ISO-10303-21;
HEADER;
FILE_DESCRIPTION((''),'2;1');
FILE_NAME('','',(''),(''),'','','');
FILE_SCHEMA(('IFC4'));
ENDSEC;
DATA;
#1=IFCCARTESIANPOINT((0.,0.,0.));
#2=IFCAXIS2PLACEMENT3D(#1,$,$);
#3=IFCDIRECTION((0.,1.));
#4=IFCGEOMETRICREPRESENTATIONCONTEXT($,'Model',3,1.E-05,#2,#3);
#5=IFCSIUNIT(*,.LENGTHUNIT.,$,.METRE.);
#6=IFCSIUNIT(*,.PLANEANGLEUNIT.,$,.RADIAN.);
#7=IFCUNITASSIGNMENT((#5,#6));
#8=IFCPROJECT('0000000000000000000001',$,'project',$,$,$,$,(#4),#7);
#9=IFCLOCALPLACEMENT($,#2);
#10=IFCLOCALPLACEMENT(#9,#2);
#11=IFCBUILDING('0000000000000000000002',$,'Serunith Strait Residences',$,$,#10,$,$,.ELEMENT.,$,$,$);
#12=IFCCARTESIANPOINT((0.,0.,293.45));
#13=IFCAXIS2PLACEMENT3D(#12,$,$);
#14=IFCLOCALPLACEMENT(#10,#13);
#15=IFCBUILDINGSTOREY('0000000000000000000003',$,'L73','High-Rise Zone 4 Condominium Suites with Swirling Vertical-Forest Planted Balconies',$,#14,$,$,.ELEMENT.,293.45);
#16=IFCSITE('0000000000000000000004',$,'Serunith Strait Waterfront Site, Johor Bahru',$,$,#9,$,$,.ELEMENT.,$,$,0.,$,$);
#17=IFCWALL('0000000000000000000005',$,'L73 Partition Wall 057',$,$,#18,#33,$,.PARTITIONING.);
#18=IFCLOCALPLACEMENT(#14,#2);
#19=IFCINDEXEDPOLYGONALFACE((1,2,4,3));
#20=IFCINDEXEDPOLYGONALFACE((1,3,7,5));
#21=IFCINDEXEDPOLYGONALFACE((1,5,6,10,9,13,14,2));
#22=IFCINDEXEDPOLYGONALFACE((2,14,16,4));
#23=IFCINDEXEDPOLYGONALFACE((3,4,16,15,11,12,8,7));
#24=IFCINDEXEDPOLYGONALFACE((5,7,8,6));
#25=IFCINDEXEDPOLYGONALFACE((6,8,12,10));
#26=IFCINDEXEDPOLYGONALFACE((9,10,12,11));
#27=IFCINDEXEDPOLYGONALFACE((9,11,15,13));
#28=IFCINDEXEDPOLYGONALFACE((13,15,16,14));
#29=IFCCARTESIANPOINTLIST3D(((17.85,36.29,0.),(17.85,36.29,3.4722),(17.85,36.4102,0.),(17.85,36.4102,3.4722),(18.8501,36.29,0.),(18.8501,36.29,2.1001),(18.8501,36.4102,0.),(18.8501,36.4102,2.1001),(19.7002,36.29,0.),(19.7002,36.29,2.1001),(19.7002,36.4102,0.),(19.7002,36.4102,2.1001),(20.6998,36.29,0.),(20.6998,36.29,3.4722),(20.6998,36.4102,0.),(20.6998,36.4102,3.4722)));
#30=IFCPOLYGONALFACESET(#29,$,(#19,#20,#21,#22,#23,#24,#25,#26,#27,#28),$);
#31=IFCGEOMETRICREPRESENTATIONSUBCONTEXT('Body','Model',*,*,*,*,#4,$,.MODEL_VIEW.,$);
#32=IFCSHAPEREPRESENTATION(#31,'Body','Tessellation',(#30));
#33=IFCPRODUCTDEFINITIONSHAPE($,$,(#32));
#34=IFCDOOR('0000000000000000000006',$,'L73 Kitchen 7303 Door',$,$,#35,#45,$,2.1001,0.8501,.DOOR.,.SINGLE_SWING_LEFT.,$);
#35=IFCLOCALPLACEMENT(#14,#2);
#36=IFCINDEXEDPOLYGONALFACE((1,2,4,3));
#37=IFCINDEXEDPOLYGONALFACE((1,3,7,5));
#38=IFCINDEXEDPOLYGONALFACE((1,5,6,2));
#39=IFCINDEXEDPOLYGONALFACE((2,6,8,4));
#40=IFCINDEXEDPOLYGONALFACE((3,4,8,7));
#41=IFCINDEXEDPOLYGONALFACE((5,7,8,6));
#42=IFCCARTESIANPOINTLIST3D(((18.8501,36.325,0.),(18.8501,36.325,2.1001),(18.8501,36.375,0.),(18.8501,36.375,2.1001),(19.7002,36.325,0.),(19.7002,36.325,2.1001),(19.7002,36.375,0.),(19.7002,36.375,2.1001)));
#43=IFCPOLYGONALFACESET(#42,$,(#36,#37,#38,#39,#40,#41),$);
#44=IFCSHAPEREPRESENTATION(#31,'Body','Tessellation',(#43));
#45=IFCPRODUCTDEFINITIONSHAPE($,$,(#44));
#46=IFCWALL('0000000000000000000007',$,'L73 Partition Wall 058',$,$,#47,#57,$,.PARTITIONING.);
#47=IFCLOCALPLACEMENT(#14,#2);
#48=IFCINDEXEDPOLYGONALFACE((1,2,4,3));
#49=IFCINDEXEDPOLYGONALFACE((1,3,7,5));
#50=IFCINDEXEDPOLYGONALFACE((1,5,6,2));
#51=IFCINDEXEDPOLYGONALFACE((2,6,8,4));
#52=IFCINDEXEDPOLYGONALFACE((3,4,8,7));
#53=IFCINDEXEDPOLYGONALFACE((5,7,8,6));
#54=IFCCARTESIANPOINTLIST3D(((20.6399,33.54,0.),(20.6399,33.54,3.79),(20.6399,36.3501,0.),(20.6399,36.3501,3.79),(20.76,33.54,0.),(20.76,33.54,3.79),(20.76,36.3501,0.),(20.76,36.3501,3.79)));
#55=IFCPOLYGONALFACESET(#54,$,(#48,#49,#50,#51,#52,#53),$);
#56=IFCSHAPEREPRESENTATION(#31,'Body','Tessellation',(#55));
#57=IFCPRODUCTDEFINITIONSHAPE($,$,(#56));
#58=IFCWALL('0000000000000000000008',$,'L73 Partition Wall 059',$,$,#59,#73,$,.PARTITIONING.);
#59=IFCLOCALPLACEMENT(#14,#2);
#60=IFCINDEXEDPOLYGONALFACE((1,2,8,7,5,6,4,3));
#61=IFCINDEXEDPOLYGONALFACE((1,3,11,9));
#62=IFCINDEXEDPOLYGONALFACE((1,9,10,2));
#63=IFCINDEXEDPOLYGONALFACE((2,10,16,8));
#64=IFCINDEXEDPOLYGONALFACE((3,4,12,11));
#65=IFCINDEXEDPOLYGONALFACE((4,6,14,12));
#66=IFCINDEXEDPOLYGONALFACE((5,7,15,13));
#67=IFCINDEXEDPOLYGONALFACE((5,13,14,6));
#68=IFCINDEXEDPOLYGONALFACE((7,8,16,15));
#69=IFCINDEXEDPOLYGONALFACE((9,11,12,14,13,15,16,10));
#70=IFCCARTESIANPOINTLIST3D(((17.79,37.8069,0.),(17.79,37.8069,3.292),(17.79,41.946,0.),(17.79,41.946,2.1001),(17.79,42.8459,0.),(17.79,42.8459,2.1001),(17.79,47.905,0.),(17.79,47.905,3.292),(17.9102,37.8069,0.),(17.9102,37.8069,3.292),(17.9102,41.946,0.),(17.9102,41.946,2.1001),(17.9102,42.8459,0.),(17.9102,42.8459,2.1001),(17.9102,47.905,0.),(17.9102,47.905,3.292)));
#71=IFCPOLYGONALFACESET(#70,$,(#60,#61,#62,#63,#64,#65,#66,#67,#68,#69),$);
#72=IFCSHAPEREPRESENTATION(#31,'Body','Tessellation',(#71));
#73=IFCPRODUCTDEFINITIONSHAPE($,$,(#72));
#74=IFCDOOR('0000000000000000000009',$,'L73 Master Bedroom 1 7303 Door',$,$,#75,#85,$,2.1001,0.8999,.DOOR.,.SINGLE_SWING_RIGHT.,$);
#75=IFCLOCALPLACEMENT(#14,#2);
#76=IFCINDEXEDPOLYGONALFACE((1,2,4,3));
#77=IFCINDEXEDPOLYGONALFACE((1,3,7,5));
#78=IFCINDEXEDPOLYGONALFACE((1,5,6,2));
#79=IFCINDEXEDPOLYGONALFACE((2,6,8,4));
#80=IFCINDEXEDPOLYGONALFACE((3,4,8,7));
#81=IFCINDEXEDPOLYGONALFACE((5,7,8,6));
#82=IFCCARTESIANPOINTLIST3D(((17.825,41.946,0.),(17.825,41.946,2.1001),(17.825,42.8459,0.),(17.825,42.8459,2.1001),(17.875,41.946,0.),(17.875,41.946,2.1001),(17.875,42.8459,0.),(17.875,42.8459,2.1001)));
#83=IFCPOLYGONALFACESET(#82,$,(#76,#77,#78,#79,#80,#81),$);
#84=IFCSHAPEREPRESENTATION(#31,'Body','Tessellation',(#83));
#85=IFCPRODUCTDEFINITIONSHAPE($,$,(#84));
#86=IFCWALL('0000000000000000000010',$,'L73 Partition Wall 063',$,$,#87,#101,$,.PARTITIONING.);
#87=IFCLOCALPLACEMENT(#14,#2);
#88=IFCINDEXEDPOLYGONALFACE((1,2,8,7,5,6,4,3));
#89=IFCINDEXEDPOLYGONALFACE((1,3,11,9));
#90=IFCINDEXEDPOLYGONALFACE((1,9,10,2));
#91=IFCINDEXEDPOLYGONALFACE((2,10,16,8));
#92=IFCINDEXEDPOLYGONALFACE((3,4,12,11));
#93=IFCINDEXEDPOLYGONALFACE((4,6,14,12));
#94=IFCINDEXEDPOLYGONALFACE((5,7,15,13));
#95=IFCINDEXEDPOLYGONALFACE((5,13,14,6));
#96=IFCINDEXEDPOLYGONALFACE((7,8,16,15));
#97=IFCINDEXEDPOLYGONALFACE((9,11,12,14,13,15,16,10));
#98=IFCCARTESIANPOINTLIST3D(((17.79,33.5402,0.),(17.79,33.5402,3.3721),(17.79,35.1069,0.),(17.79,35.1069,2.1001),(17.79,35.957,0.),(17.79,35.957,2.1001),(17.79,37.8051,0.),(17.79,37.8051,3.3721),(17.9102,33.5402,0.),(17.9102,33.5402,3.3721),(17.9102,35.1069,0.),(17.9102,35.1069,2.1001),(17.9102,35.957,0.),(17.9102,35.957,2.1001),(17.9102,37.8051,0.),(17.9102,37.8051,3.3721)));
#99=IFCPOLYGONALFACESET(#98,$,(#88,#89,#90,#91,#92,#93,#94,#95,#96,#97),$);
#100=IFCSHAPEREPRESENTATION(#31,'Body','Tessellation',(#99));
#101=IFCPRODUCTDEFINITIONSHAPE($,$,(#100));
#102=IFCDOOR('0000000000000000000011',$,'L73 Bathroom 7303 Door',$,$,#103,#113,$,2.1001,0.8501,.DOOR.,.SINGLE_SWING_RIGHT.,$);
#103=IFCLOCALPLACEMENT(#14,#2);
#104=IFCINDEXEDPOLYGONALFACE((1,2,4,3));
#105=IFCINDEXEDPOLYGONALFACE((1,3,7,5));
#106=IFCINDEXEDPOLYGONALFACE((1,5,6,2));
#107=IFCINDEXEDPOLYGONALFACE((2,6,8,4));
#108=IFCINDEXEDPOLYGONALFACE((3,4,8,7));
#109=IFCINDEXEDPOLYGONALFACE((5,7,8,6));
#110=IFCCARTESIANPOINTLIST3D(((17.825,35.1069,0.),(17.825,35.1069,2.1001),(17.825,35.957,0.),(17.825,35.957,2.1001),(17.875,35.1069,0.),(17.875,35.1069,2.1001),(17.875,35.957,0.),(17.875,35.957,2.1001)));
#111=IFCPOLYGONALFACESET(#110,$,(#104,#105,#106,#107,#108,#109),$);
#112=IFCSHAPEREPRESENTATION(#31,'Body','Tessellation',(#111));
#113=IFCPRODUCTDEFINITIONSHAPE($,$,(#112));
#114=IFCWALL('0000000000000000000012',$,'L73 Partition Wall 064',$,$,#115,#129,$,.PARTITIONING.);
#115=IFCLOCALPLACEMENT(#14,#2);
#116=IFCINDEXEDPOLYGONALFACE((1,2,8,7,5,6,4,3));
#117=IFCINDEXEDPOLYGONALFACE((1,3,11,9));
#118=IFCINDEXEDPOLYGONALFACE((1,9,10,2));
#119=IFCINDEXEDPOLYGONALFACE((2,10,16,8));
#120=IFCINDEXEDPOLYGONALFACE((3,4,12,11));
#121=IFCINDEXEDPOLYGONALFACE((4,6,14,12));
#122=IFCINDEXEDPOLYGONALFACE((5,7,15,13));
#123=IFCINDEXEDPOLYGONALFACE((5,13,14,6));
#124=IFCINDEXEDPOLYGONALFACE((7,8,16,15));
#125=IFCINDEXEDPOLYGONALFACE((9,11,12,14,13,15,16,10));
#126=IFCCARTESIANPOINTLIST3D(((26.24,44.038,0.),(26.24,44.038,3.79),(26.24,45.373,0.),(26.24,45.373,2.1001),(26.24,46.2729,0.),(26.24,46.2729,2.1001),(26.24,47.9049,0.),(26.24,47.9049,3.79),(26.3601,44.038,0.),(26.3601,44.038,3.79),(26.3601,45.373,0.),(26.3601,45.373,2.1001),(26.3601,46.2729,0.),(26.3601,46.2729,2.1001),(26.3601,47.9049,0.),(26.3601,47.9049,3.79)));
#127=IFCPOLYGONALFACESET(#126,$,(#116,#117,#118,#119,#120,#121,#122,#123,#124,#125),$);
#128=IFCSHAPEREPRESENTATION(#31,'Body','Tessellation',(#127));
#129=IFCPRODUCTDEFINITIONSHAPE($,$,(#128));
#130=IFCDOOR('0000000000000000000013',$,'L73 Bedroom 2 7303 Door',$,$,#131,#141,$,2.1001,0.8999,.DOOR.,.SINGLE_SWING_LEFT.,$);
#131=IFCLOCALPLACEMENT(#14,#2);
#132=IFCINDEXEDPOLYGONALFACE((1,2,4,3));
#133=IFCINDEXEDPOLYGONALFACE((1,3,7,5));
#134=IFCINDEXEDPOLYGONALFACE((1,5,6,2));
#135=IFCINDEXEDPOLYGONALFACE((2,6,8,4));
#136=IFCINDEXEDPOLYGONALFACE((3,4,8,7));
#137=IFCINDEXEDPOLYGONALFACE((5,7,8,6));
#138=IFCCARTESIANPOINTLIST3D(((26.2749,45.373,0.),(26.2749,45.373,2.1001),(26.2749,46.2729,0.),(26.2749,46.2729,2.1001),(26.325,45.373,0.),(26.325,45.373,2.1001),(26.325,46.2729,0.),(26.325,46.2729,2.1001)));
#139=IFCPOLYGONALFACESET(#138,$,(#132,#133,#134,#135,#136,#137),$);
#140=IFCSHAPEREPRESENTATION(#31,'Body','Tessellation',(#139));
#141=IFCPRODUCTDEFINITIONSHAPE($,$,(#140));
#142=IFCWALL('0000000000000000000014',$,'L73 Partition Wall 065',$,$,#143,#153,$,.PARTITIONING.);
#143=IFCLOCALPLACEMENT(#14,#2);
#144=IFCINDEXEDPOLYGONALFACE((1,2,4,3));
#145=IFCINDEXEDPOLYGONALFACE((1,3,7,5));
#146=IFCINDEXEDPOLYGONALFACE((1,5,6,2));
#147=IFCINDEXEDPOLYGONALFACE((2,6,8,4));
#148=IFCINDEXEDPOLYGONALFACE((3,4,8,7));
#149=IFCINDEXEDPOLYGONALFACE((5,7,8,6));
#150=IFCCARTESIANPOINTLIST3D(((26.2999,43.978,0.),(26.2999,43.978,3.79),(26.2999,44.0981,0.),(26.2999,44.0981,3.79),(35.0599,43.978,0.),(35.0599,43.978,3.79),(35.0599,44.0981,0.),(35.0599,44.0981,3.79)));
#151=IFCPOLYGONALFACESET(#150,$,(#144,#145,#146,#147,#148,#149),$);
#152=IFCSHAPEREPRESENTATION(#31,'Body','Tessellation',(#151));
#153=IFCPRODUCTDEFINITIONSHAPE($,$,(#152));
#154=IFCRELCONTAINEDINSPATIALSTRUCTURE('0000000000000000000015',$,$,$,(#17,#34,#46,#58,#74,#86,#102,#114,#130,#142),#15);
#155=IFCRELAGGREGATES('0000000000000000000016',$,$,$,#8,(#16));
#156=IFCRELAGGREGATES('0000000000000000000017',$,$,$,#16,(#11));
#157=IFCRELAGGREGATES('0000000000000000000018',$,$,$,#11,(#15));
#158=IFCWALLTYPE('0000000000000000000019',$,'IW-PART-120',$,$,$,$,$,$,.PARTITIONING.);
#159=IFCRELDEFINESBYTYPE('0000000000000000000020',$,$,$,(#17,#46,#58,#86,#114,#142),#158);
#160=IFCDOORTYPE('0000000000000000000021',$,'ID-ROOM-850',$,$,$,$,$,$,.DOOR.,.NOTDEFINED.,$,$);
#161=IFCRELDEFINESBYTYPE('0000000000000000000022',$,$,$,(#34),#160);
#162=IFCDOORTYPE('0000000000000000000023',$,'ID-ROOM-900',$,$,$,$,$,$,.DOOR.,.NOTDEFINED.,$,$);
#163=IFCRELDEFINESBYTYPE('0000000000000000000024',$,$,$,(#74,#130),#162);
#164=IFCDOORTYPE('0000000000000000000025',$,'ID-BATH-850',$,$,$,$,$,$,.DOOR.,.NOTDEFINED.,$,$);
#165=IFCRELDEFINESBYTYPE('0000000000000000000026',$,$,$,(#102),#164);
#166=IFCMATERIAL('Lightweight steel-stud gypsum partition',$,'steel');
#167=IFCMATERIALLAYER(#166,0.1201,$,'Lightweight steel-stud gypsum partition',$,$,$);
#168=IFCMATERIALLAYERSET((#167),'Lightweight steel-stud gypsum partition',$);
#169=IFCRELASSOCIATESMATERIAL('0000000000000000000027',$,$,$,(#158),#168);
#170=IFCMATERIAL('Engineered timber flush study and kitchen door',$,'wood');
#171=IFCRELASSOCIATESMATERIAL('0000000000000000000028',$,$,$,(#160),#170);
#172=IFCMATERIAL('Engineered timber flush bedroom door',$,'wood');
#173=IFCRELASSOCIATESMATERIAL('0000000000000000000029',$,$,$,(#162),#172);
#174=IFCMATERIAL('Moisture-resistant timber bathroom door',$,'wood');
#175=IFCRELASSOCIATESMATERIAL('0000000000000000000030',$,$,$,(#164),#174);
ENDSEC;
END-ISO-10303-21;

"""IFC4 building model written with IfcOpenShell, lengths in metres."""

from ifc_helpers import new_model, si_unit, direction, frame, frame_2d, origin, place, context, subcontext, project, spatial, rectangle, extrude, source, transform, mapped, material, layer, layer_set, type_object, element, fill, save


model = new_model("IFC4")

# Units and contexts
model_context = context("Model", 3, precision=1e-05, world=origin(), true_north=direction((0.0, 1.0)))
body_context = subcontext(model_context, "Body", "Model", "MODEL_VIEW")
ifc_project = project(units=[si_unit("LENGTHUNIT", "METRE"), si_unit("PLANEANGLEUNIT", "RADIAN")], contexts=[model_context])

# Site, building, storey
site_placement = place(None, origin())
site = spatial("IfcSite", under=ifc_project, at=site_placement, Name="Serunith Strait Waterfront Site, Johor Bahru", CompositionType="ELEMENT", RefElevation=0.0)
building_placement = place(site_placement, origin())
building = spatial("IfcBuilding", under=site, at=building_placement, Name="Serunith Strait Residences", CompositionType="ELEMENT")
storey_placement = place(building_placement, frame((0.0, 0.0, 293.45)))
storey = spatial("IfcBuildingStorey", under=building, at=storey_placement, Name="L73", Description="High-Rise Zone 4 Condominium Suites with Swirling Vertical-Forest Planted Balconies", CompositionType="ELEMENT", Elevation=293.45)

# Wall, opening, door
ifc_material_1 = material(Name="Lightweight steel-stud gypsum partition", Category="steel")
ifc_layer_1 = layer(ifc_material_1, 0.1201, Name="Lightweight steel-stud gypsum partition")
ifc_layer_set_1 = layer_set([ifc_layer_1], Name="Lightweight steel-stud gypsum partition")
wall_type = type_object("IfcWallType", Name="IW-PART-120", PredefinedType="PARTITIONING", material=ifc_layer_set_1)
wall_1_placement = place(storey_placement, frame((17.8501, 36.3501, 0.0), z_axis=(0.0, 0.0, 1.0), x_axis=(1.0, 0.0, 0.0)))
wall_1 = element("IfcWall", 1, at=wall_1_placement, inside=storey, type_object=wall_type, Name="L73 Partition Wall 057", PredefinedType="PARTITIONING", context=body_context, shape_type="SweptSolid", body=[
    extrude(rectangle(XDim=2.8499, YDim=0.1201, at=frame_2d((1.4248, 0.0))), origin(), (0.0, 0.0, 1.0), 3.4722),
])
opening_1_placement = place(wall_1_placement, frame((1.0, 0.0, 0.0)))
opening_1 = element("IfcOpeningElement", 2, at=opening_1_placement, cuts=wall_1, PredefinedType="OPENING", context=body_context, shape_type="SweptSolid", body=[
    extrude(rectangle(XDim=0.8501, YDim=2.1001, at=frame_2d((0.425, 1.05))), frame((0.0, 0.0701, 0.0), z_axis=(0.0, -1.0, 0.0), x_axis=(1.0, 0.0, 0.0)), (0.0, 0.0, 1.0), 0.1401),
])
ifc_material_2 = material(Name="Engineered timber flush study and kitchen door", Category="wood")
door_type_1 = type_object("IfcDoorType", Name="ID-ROOM-850", OperationType="NOTDEFINED", PredefinedType="DOOR", material=ifc_material_2)
shared_shape_1 = source(origin(), body_context, "Body", "SweptSolid", [
    extrude(rectangle(XDim=0.8501, YDim=2.1001, at=frame_2d((0.425, 1.05))), frame((0.0, 0.0249, 0.0), z_axis=(0.0, -1.0, 0.0), x_axis=(1.0, 0.0, 0.0)), (0.0, 0.0, 1.0), 0.05),
])
door_1_placement = place(opening_1_placement, origin())
door_1 = element("IfcDoor", 3, at=door_1_placement, inside=storey, type_object=door_type_1, Name="L73 Kitchen 7303 Door", OperationType="SINGLE_SWING_LEFT", OverallHeight=2.1001, OverallWidth=0.8501, PredefinedType="DOOR", context=body_context, shape_type="MappedRepresentation", body=[
    mapped(shared_shape_1, transform((0.0, 0.0, 0.0), scale=1.0)),
])
fill(opening_1, door_1)

# Wall
wall_2_placement = place(storey_placement, frame((20.7, 36.3501, 0.0), z_axis=(0.0, 0.0, 1.0), x_axis=(0.0, -1.0, 0.0)))
element("IfcWall", 4, at=wall_2_placement, inside=storey, type_object=wall_type, Name="L73 Partition Wall 058", PredefinedType="PARTITIONING", context=body_context, shape_type="SweptSolid", body=[
    extrude(rectangle(XDim=2.8101, YDim=0.1201, at=frame_2d((1.405, 0.0))), origin(), (0.0, 0.0, 1.0), 3.79),
])

# Walls, openings, doors
wall_3_placement = place(storey_placement, frame((17.8501, 47.905, 0.0), z_axis=(0.0, 0.0, 1.0), x_axis=(0.0, -1.0, 0.0)))
wall_3 = element("IfcWall", 5, at=wall_3_placement, inside=storey, type_object=wall_type, Name="L73 Partition Wall 059", PredefinedType="PARTITIONING", context=body_context, shape_type="SweptSolid", body=[
    extrude(rectangle(XDim=10.0981, YDim=0.1201, at=frame_2d((5.0491, 0.0))), origin(), (0.0, 0.0, 1.0), 3.292),
])
opening_2_placement = place(wall_3_placement, frame((5.0591, 0.0, 0.0)))
opening_2 = element("IfcOpeningElement", 6, at=opening_2_placement, cuts=wall_3, PredefinedType="OPENING", context=body_context, shape_type="SweptSolid", body=[
    extrude(rectangle(XDim=0.8999, YDim=2.1001, at=frame_2d((0.45, 1.05))), frame((0.0, 0.0701, 0.0), z_axis=(0.0, -1.0, 0.0), x_axis=(1.0, 0.0, 0.0)), (0.0, 0.0, 1.0), 0.1401),
])
ifc_material_3 = material(Name="Engineered timber flush bedroom door", Category="wood")
door_type_2 = type_object("IfcDoorType", Name="ID-ROOM-900", OperationType="NOTDEFINED", PredefinedType="DOOR", material=ifc_material_3)
shared_shape_2 = source(origin(), body_context, "Body", "SweptSolid", [
    extrude(rectangle(XDim=0.8999, YDim=2.1001, at=frame_2d((0.45, 1.05))), frame((0.0, 0.0249, 0.0), z_axis=(0.0, -1.0, 0.0), x_axis=(1.0, 0.0, 0.0)), (0.0, 0.0, 1.0), 0.05),
])
door_2_placement = place(opening_2_placement, origin())
door_2 = element("IfcDoor", 7, at=door_2_placement, inside=storey, type_object=door_type_2, Name="L73 Master Bedroom 1 7303 Door", OperationType="SINGLE_SWING_RIGHT", OverallHeight=2.1001, OverallWidth=0.8999, PredefinedType="DOOR", context=body_context, shape_type="MappedRepresentation", body=[
    mapped(shared_shape_2, transform((0.0, 0.0, 0.0), scale=1.0)),
])
fill(opening_2, door_2)
wall_4_placement = place(storey_placement, frame((17.8501, 37.8049, 0.0), z_axis=(0.0, 0.0, 1.0), x_axis=(0.0, -1.0, 0.0)))
wall_4 = element("IfcWall", 8, at=wall_4_placement, inside=storey, type_object=wall_type, Name="L73 Partition Wall 063", PredefinedType="PARTITIONING", context=body_context, shape_type="SweptSolid", body=[
    extrude(rectangle(XDim=4.2649, YDim=0.1201, at=frame_2d((2.1323, 0.0))), origin(), (0.0, 0.0, 1.0), 3.3721),
])
opening_3_placement = place(wall_4_placement, frame((1.8479, 0.0, 0.0)))
opening_3 = element("IfcOpeningElement", 9, at=opening_3_placement, cuts=wall_4, PredefinedType="OPENING", context=body_context, shape_type="SweptSolid", body=[
    extrude(rectangle(XDim=0.8501, YDim=2.1001, at=frame_2d((0.425, 1.05))), frame((0.0, 0.0701, 0.0), z_axis=(0.0, -1.0, 0.0), x_axis=(1.0, 0.0, 0.0)), (0.0, 0.0, 1.0), 0.1401),
])
ifc_material_4 = material(Name="Moisture-resistant timber bathroom door", Category="wood")
door_type_3 = type_object("IfcDoorType", Name="ID-BATH-850", OperationType="NOTDEFINED", PredefinedType="DOOR", material=ifc_material_4)
door_3_placement = place(opening_3_placement, origin())
door_3 = element("IfcDoor", 10, at=door_3_placement, inside=storey, type_object=door_type_3, Name="L73 Bathroom 7303 Door", OperationType="SINGLE_SWING_RIGHT", OverallHeight=2.1001, OverallWidth=0.8501, PredefinedType="DOOR", context=body_context, shape_type="MappedRepresentation", body=[
    mapped(shared_shape_1, transform((0.0, 0.0, 0.0), scale=1.0)),
])
fill(opening_3, door_3)
wall_5_placement = place(storey_placement, frame((26.3, 47.905, 0.0), z_axis=(0.0, 0.0, 1.0), x_axis=(0.0, -1.0, 0.0)))
wall_5 = element("IfcWall", 11, at=wall_5_placement, inside=storey, type_object=wall_type, Name="L73 Partition Wall 064", PredefinedType="PARTITIONING", context=body_context, shape_type="SweptSolid", body=[
    extrude(rectangle(XDim=3.8669, YDim=0.1201, at=frame_2d((1.9336, 0.0))), origin(), (0.0, 0.0, 1.0), 3.79),
])
opening_4_placement = place(wall_5_placement, frame((1.6321, 0.0, 0.0)))
opening_4 = element("IfcOpeningElement", 12, at=opening_4_placement, cuts=wall_5, PredefinedType="OPENING", context=body_context, shape_type="SweptSolid", body=[
    extrude(rectangle(XDim=0.8999, YDim=2.1001, at=frame_2d((0.45, 1.05))), frame((0.0, 0.0701, 0.0), z_axis=(0.0, -1.0, 0.0), x_axis=(1.0, 0.0, 0.0)), (0.0, 0.0, 1.0), 0.1401),
])
door_4_placement = place(opening_4_placement, origin())
door_4 = element("IfcDoor", 13, at=door_4_placement, inside=storey, type_object=door_type_2, Name="L73 Bedroom 2 7303 Door", OperationType="SINGLE_SWING_LEFT", OverallHeight=2.1001, OverallWidth=0.8999, PredefinedType="DOOR", context=body_context, shape_type="MappedRepresentation", body=[
    mapped(shared_shape_2, transform((0.0, 0.0, 0.0), scale=1.0)),
])
fill(opening_4, door_4)

# Wall
wall_6_placement = place(storey_placement, frame((26.3, 44.0381, 0.0), z_axis=(0.0, 0.0, 1.0), x_axis=(1.0, 0.0, 0.0)))
element("IfcWall", 14, at=wall_6_placement, inside=storey, type_object=wall_type, Name="L73 Partition Wall 065", PredefinedType="PARTITIONING", context=body_context, shape_type="SweptSolid", body=[
    extrude(rectangle(XDim=8.76, YDim=0.1201, at=frame_2d((4.3799, 0.0))), origin(), (0.0, 0.0, 1.0), 3.79),
])

save(model, "model.ifc")
